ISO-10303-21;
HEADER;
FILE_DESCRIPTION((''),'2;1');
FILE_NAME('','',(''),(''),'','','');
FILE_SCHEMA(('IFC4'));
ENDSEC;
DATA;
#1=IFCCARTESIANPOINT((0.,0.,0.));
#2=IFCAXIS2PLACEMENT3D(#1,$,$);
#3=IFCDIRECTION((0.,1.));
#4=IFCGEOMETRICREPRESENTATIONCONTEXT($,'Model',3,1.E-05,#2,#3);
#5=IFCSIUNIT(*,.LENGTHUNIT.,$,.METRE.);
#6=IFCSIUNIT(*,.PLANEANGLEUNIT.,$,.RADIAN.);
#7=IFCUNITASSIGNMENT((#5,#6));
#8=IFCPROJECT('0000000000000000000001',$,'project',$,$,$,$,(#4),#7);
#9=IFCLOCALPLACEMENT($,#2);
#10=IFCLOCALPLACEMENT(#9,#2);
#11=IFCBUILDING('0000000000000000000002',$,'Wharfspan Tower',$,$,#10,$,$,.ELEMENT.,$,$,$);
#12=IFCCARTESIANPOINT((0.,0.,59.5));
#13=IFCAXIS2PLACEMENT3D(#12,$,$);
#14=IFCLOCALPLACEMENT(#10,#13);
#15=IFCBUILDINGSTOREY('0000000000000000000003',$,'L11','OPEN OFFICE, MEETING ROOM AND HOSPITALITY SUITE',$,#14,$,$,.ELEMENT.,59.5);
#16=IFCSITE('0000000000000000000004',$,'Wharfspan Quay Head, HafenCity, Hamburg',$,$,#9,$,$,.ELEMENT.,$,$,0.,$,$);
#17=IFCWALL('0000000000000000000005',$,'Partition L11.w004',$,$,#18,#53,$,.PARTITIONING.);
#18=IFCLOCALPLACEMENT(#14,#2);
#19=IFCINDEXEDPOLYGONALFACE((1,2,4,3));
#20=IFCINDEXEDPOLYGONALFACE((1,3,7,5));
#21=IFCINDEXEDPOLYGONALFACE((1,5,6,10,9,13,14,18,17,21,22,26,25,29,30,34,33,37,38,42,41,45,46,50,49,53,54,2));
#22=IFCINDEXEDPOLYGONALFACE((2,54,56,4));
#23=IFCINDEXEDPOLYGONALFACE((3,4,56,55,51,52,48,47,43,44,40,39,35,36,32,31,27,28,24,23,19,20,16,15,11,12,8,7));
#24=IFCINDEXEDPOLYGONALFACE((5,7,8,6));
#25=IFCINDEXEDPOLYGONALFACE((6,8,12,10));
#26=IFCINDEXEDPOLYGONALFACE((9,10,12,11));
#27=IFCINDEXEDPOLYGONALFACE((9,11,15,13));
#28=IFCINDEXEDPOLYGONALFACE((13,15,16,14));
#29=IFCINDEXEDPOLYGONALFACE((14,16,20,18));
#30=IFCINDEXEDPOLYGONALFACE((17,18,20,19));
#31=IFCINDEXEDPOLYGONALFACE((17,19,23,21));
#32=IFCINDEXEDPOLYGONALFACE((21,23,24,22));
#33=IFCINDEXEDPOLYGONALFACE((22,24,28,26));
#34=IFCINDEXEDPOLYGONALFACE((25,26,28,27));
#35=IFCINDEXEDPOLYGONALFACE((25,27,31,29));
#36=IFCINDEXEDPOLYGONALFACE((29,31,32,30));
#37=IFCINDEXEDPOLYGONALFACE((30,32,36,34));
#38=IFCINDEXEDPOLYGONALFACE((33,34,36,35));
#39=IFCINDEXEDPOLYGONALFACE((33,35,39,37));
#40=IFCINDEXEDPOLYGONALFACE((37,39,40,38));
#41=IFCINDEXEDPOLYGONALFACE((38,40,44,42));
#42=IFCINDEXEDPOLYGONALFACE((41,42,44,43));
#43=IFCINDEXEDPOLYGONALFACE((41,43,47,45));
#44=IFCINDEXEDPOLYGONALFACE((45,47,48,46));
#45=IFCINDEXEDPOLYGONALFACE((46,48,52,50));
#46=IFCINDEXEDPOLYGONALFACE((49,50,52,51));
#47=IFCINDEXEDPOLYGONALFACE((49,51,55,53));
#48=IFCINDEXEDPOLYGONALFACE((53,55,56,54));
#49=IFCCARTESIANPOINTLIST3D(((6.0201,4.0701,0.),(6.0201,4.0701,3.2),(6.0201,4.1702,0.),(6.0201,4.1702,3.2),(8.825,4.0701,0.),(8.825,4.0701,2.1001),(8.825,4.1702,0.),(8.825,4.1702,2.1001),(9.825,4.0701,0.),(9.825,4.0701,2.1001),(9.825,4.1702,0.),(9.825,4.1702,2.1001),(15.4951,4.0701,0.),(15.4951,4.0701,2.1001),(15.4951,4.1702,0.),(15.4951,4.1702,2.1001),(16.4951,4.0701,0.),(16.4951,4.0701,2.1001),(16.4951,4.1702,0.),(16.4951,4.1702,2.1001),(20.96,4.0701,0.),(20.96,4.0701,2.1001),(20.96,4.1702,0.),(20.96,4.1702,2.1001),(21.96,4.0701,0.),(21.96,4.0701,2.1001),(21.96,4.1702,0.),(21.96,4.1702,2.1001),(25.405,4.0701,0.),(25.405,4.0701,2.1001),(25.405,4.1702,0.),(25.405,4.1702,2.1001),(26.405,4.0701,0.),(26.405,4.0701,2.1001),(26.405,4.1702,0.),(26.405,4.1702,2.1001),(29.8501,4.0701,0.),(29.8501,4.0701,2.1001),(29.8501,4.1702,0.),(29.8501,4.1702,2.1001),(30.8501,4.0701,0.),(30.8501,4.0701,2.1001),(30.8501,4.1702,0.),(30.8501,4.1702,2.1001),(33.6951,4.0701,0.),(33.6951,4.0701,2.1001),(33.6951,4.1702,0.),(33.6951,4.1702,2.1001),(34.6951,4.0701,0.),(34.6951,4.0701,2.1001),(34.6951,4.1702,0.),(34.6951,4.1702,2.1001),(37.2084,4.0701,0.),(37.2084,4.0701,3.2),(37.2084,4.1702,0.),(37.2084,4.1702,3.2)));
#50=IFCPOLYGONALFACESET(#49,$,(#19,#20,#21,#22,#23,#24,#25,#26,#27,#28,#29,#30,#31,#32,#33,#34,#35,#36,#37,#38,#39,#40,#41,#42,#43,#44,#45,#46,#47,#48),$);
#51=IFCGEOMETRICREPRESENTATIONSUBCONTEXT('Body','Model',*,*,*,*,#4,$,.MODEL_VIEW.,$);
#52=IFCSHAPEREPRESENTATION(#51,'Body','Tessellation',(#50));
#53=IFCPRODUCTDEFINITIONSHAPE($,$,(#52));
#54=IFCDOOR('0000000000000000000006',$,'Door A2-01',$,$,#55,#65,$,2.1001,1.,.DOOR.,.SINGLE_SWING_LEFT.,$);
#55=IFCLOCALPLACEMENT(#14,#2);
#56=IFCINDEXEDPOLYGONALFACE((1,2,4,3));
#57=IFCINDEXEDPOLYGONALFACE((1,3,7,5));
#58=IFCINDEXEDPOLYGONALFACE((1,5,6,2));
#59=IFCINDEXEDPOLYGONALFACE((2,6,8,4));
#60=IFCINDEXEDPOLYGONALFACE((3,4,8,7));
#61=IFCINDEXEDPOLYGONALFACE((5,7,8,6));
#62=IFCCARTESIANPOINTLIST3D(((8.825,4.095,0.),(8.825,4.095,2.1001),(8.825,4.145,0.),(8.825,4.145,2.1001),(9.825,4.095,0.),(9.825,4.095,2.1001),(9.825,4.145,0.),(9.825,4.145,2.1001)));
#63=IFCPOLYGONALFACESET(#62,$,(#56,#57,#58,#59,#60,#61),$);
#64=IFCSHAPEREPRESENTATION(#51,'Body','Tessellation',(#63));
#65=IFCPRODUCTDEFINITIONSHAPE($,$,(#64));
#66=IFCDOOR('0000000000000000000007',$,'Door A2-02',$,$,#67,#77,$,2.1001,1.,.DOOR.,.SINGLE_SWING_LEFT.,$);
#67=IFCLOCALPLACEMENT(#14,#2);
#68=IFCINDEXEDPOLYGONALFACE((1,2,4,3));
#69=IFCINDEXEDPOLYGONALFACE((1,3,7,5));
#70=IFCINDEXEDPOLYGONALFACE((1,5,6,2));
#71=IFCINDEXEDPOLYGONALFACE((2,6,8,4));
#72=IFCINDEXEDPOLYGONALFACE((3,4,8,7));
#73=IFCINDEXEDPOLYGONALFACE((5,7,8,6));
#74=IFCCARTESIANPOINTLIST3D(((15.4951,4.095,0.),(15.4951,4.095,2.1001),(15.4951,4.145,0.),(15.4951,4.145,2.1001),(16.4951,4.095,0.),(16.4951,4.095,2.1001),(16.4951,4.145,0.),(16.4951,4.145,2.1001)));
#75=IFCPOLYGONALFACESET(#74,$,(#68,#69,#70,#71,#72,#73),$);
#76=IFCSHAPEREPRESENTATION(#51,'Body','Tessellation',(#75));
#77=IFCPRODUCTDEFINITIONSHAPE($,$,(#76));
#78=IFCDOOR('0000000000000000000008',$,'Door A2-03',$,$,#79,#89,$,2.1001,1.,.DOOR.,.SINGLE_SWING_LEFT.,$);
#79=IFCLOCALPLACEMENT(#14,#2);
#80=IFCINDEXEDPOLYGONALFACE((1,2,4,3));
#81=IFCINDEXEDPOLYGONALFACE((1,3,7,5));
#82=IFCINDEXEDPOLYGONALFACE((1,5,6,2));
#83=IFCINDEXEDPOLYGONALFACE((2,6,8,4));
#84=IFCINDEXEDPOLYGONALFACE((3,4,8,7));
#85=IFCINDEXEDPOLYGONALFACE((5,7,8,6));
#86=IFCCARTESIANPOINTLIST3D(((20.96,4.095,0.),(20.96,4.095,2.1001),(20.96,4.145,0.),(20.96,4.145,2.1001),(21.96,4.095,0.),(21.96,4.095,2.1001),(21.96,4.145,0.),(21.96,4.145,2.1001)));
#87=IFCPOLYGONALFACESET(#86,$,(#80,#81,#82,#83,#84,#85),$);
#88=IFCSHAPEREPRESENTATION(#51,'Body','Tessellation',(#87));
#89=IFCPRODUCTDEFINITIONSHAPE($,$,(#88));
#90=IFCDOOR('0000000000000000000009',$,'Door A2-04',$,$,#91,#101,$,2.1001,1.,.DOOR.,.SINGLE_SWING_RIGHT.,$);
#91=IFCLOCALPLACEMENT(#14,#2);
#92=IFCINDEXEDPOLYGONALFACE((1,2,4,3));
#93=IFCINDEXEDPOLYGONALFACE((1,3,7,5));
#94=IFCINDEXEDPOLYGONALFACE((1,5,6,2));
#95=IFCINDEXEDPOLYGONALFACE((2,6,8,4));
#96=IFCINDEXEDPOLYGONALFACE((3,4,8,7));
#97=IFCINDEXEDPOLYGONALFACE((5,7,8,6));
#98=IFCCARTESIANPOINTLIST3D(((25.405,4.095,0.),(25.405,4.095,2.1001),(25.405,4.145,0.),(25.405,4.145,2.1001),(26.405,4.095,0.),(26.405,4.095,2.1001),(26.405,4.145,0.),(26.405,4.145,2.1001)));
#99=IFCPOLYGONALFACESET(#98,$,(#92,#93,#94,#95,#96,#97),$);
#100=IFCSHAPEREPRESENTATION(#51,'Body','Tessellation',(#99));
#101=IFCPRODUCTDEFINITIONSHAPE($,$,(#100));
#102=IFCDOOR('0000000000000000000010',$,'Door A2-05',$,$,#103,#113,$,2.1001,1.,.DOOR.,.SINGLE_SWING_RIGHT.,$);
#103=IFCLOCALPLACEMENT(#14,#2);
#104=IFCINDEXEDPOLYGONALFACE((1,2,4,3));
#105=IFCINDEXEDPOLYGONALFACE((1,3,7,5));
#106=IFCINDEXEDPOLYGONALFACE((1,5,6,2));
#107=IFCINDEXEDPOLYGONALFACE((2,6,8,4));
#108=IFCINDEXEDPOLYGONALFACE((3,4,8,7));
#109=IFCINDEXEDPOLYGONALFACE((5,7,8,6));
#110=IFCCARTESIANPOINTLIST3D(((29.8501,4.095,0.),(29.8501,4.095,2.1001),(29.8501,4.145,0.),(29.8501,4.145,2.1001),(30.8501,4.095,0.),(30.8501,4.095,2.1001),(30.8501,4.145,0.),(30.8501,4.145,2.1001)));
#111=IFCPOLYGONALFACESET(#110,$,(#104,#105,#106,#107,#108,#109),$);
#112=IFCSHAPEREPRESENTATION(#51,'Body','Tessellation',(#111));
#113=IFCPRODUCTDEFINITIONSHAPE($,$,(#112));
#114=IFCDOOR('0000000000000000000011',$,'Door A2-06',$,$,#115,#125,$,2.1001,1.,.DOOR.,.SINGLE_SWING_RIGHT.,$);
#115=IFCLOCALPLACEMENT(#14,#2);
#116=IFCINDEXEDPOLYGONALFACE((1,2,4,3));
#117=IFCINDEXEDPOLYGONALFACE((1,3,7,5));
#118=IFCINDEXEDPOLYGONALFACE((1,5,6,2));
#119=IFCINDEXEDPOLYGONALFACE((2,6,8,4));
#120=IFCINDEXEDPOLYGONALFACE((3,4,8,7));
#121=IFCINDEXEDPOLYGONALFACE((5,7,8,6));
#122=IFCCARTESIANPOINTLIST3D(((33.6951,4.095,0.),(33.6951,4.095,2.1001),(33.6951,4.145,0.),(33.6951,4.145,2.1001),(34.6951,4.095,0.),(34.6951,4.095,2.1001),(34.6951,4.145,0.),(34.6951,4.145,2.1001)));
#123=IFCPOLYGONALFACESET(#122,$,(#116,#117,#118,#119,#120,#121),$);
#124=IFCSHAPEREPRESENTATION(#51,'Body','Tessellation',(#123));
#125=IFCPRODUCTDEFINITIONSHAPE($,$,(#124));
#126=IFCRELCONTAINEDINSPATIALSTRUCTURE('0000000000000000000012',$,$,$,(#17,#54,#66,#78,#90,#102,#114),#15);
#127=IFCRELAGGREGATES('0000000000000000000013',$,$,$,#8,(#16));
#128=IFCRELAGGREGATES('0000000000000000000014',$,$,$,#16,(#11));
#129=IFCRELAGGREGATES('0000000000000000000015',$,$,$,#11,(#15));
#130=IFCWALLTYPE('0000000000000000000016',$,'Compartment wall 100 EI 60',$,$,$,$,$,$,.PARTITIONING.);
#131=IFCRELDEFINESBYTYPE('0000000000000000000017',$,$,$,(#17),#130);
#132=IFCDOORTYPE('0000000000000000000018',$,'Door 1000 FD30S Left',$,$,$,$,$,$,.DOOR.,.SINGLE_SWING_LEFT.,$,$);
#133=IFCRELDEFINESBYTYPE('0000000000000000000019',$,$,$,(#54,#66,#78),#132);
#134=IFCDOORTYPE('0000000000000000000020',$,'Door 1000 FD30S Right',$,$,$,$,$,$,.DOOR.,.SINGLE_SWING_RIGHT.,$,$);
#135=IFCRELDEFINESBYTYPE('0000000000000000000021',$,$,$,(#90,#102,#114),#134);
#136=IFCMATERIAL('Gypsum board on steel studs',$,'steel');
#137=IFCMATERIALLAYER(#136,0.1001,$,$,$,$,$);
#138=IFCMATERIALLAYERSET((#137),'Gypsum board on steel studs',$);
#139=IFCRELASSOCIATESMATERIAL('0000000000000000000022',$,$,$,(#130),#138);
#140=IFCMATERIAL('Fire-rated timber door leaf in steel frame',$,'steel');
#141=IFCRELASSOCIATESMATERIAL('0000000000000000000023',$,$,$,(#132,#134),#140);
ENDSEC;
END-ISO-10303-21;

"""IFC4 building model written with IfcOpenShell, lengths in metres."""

from ifc_helpers import new_model, si_unit, direction, frame, frame_2d, origin, place, context, subcontext, project, spatial, rectangle, extrude, material, layer, layer_set, type_object, element, fill, save


model = new_model("IFC4")

# Units and contexts
model_context = context("Model", 3, precision=1e-05, world=origin(), true_north=direction((0.0, 1.0)))
body_context = subcontext(model_context, "Body", "Model", "MODEL_VIEW")
ifc_project = project(units=[si_unit("LENGTHUNIT", "METRE"), si_unit("PLANEANGLEUNIT", "RADIAN")], contexts=[model_context])

# Site, building, storey
site_placement = place(None, origin())
site = spatial("IfcSite", under=ifc_project, at=site_placement, Name="Wharfspan Quay Head, HafenCity, Hamburg", CompositionType="ELEMENT", RefElevation=0.0)
building_placement = place(site_placement, origin())
building = spatial("IfcBuilding", under=site, at=building_placement, Name="Wharfspan Tower", CompositionType="ELEMENT")
storey_placement = place(building_placement, frame((0.0, 0.0, 59.5)))
storey = spatial("IfcBuildingStorey", under=building, at=storey_placement, Name="L11", Description="OPEN OFFICE, MEETING ROOM AND HOSPITALITY SUITE", CompositionType="ELEMENT", Elevation=59.5)

# Wall, openings, doors
ifc_material_1 = material(Name="Gypsum board on steel studs", Category="steel")
ifc_layer_1 = layer(ifc_material_1, 0.1001)
ifc_layer_set_1 = layer_set([ifc_layer_1], Name="Gypsum board on steel studs")
wall_type_1 = type_object("IfcWallType", Name="Compartment wall 100 EI 60", PredefinedType="PARTITIONING", material=ifc_layer_set_1)
wall_1_placement = place(storey_placement, frame((6.02, 4.1201, 0.0), z_axis=(0.0, 0.0, 1.0), x_axis=(1.0, 0.0, 0.0)))
wall_1 = element("IfcWall", 1, at=wall_1_placement, inside=storey, type_object=wall_type_1, Name="Partition L11.w004", PredefinedType="PARTITIONING", context=body_context, shape_type="SweptSolid", body=[
    extrude(rectangle(XDim=31.1882, YDim=0.1001, at=frame_2d((15.5942, 0.0))), origin(), (0.0, 0.0, 1.0), 3.2),
])
opening_1_placement = place(wall_1_placement, frame((2.8049, 0.0, 0.0)))
opening_1 = element("IfcOpeningElement", 2, at=opening_1_placement, cuts=wall_1, PredefinedType="OPENING", context=body_context, shape_type="SweptSolid", body=[
    extrude(rectangle(XDim=1.0, YDim=2.1001, at=frame_2d((0.5, 1.05))), frame((0.0, 0.0601, 0.0), z_axis=(0.0, -1.0, 0.0), x_axis=(1.0, 0.0, 0.0)), (0.0, 0.0, 1.0), 0.1201),
])
opening_2_placement = place(wall_1_placement, frame((9.4751, 0.0, 0.0)))
opening_2 = element("IfcOpeningElement", 3, at=opening_2_placement, cuts=wall_1, PredefinedType="OPENING", context=body_context, shape_type="SweptSolid", body=[
    extrude(rectangle(XDim=1.0, YDim=2.1001, at=frame_2d((0.5, 1.05))), frame((0.0, 0.0601, 0.0), z_axis=(0.0, -1.0, 0.0), x_axis=(1.0, 0.0, 0.0)), (0.0, 0.0, 1.0), 0.1201),
])
opening_3_placement = place(wall_1_placement, frame((14.9399, 0.0, 0.0)))
opening_3 = element("IfcOpeningElement", 4, at=opening_3_placement, cuts=wall_1, PredefinedType="OPENING", context=body_context, shape_type="SweptSolid", body=[
    extrude(rectangle(XDim=1.0, YDim=2.1001, at=frame_2d((0.5, 1.05))), frame((0.0, 0.0601, 0.0), z_axis=(0.0, -1.0, 0.0), x_axis=(1.0, 0.0, 0.0)), (0.0, 0.0, 1.0), 0.1201),
])
opening_4_placement = place(wall_1_placement, frame((19.385, 0.0, 0.0)))
opening_4 = element("IfcOpeningElement", 5, at=opening_4_placement, cuts=wall_1, PredefinedType="OPENING", context=body_context, shape_type="SweptSolid", body=[
    extrude(rectangle(XDim=1.0, YDim=2.1001, at=frame_2d((0.5, 1.05))), frame((0.0, 0.0601, 0.0), z_axis=(0.0, -1.0, 0.0), x_axis=(1.0, 0.0, 0.0)), (0.0, 0.0, 1.0), 0.1201),
])
opening_5_placement = place(wall_1_placement, frame((23.8301, 0.0, 0.0)))
opening_5 = element("IfcOpeningElement", 6, at=opening_5_placement, cuts=wall_1, PredefinedType="OPENING", context=body_context, shape_type="SweptSolid", body=[
    extrude(rectangle(XDim=1.0, YDim=2.1001, at=frame_2d((0.5, 1.05))), frame((0.0, 0.0601, 0.0), z_axis=(0.0, -1.0, 0.0), x_axis=(1.0, 0.0, 0.0)), (0.0, 0.0, 1.0), 0.1201),
])
opening_6_placement = place(wall_1_placement, frame((27.675, 0.0, 0.0)))
opening_6 = element("IfcOpeningElement", 7, at=opening_6_placement, cuts=wall_1, PredefinedType="OPENING", context=body_context, shape_type="SweptSolid", body=[
    extrude(rectangle(XDim=1.0, YDim=2.1001, at=frame_2d((0.5, 1.05))), frame((0.0, 0.0601, 0.0), z_axis=(0.0, -1.0, 0.0), x_axis=(1.0, 0.0, 0.0)), (0.0, 0.0, 1.0), 0.1201),
])
ifc_material_2 = material(Name="Fire-rated timber door leaf in steel frame", Category="steel")
door_type_1 = type_object("IfcDoorType", Name="Door 1000 FD30S Left", OperationType="SINGLE_SWING_LEFT", PredefinedType="DOOR", material=ifc_material_2)
door_1_placement = place(opening_1_placement, origin())
door_1 = element("IfcDoor", 8, at=door_1_placement, inside=storey, type_object=door_type_1, Name="Door A2-01", OperationType="SINGLE_SWING_LEFT", OverallHeight=2.1001, OverallWidth=1.0, PredefinedType="DOOR", context=body_context, shape_type="SweptSolid", body=[
    extrude(rectangle(XDim=1.0, YDim=2.1001, at=frame_2d((0.5, 1.05))), frame((0.0, 0.0249, 0.0), z_axis=(0.0, -1.0, 0.0), x_axis=(1.0, 0.0, 0.0)), (0.0, 0.0, 1.0), 0.05),
])
fill(opening_1, door_1)
door_2_placement = place(opening_2_placement, origin())
door_2 = element("IfcDoor", 9, at=door_2_placement, inside=storey, type_object=door_type_1, Name="Door A2-02", OperationType="SINGLE_SWING_LEFT", OverallHeight=2.1001, OverallWidth=1.0, PredefinedType="DOOR", context=body_context, shape_type="SweptSolid", body=[
    extrude(rectangle(XDim=1.0, YDim=2.1001, at=frame_2d((0.5, 1.05))), frame((0.0, 0.0249, 0.0), z_axis=(0.0, -1.0, 0.0), x_axis=(1.0, 0.0, 0.0)), (0.0, 0.0, 1.0), 0.05),
])
fill(opening_2, door_2)
door_3_placement = place(opening_3_placement, origin())
door_3 = element("IfcDoor", 10, at=door_3_placement, inside=storey, type_object=door_type_1, Name="Door A2-03", OperationType="SINGLE_SWING_LEFT", OverallHeight=2.1001, OverallWidth=1.0, PredefinedType="DOOR", context=body_context, shape_type="SweptSolid", body=[
    extrude(rectangle(XDim=1.0, YDim=2.1001, at=frame_2d((0.5, 1.05))), frame((0.0, 0.0249, 0.0), z_axis=(0.0, -1.0, 0.0), x_axis=(1.0, 0.0, 0.0)), (0.0, 0.0, 1.0), 0.05),
])
fill(opening_3, door_3)
door_type_2 = type_object("IfcDoorType", Name="Door 1000 FD30S Right", OperationType="SINGLE_SWING_RIGHT", PredefinedType="DOOR", material=ifc_material_2)
door_4_placement = place(opening_4_placement, origin())
door_4 = element("IfcDoor", 11, at=door_4_placement, inside=storey, type_object=door_type_2, Name="Door A2-04", OperationType="SINGLE_SWING_RIGHT", OverallHeight=2.1001, OverallWidth=1.0, PredefinedType="DOOR", context=body_context, shape_type="SweptSolid", body=[
    extrude(rectangle(XDim=1.0, YDim=2.1001, at=frame_2d((0.5, 1.05))), frame((0.0, 0.0249, 0.0), z_axis=(0.0, -1.0, 0.0), x_axis=(1.0, 0.0, 0.0)), (0.0, 0.0, 1.0), 0.05),
])
fill(opening_4, door_4)
door_5_placement = place(opening_5_placement, origin())
door_5 = element("IfcDoor", 12, at=door_5_placement, inside=storey, type_object=door_type_2, Name="Door A2-05", OperationType="SINGLE_SWING_RIGHT", OverallHeight=2.1001, OverallWidth=1.0, PredefinedType="DOOR", context=body_context, shape_type="SweptSolid", body=[
    extrude(rectangle(XDim=1.0, YDim=2.1001, at=frame_2d((0.5, 1.05))), frame((0.0, 0.0249, 0.0), z_axis=(0.0, -1.0, 0.0), x_axis=(1.0, 0.0, 0.0)), (0.0, 0.0, 1.0), 0.05),
])
fill(opening_5, door_5)
door_6_placement = place(opening_6_placement, origin())
door_6 = element("IfcDoor", 13, at=door_6_placement, inside=storey, type_object=door_type_2, Name="Door A2-06", OperationType="SINGLE_SWING_RIGHT", OverallHeight=2.1001, OverallWidth=1.0, PredefinedType="DOOR", context=body_context, shape_type="SweptSolid", body=[
    extrude(rectangle(XDim=1.0, YDim=2.1001, at=frame_2d((0.5, 1.05))), frame((0.0, 0.0249, 0.0), z_axis=(0.0, -1.0, 0.0), x_axis=(1.0, 0.0, 0.0)), (0.0, 0.0, 1.0), 0.05),
])
fill(opening_6, door_6)

save(model, "model.ifc")
